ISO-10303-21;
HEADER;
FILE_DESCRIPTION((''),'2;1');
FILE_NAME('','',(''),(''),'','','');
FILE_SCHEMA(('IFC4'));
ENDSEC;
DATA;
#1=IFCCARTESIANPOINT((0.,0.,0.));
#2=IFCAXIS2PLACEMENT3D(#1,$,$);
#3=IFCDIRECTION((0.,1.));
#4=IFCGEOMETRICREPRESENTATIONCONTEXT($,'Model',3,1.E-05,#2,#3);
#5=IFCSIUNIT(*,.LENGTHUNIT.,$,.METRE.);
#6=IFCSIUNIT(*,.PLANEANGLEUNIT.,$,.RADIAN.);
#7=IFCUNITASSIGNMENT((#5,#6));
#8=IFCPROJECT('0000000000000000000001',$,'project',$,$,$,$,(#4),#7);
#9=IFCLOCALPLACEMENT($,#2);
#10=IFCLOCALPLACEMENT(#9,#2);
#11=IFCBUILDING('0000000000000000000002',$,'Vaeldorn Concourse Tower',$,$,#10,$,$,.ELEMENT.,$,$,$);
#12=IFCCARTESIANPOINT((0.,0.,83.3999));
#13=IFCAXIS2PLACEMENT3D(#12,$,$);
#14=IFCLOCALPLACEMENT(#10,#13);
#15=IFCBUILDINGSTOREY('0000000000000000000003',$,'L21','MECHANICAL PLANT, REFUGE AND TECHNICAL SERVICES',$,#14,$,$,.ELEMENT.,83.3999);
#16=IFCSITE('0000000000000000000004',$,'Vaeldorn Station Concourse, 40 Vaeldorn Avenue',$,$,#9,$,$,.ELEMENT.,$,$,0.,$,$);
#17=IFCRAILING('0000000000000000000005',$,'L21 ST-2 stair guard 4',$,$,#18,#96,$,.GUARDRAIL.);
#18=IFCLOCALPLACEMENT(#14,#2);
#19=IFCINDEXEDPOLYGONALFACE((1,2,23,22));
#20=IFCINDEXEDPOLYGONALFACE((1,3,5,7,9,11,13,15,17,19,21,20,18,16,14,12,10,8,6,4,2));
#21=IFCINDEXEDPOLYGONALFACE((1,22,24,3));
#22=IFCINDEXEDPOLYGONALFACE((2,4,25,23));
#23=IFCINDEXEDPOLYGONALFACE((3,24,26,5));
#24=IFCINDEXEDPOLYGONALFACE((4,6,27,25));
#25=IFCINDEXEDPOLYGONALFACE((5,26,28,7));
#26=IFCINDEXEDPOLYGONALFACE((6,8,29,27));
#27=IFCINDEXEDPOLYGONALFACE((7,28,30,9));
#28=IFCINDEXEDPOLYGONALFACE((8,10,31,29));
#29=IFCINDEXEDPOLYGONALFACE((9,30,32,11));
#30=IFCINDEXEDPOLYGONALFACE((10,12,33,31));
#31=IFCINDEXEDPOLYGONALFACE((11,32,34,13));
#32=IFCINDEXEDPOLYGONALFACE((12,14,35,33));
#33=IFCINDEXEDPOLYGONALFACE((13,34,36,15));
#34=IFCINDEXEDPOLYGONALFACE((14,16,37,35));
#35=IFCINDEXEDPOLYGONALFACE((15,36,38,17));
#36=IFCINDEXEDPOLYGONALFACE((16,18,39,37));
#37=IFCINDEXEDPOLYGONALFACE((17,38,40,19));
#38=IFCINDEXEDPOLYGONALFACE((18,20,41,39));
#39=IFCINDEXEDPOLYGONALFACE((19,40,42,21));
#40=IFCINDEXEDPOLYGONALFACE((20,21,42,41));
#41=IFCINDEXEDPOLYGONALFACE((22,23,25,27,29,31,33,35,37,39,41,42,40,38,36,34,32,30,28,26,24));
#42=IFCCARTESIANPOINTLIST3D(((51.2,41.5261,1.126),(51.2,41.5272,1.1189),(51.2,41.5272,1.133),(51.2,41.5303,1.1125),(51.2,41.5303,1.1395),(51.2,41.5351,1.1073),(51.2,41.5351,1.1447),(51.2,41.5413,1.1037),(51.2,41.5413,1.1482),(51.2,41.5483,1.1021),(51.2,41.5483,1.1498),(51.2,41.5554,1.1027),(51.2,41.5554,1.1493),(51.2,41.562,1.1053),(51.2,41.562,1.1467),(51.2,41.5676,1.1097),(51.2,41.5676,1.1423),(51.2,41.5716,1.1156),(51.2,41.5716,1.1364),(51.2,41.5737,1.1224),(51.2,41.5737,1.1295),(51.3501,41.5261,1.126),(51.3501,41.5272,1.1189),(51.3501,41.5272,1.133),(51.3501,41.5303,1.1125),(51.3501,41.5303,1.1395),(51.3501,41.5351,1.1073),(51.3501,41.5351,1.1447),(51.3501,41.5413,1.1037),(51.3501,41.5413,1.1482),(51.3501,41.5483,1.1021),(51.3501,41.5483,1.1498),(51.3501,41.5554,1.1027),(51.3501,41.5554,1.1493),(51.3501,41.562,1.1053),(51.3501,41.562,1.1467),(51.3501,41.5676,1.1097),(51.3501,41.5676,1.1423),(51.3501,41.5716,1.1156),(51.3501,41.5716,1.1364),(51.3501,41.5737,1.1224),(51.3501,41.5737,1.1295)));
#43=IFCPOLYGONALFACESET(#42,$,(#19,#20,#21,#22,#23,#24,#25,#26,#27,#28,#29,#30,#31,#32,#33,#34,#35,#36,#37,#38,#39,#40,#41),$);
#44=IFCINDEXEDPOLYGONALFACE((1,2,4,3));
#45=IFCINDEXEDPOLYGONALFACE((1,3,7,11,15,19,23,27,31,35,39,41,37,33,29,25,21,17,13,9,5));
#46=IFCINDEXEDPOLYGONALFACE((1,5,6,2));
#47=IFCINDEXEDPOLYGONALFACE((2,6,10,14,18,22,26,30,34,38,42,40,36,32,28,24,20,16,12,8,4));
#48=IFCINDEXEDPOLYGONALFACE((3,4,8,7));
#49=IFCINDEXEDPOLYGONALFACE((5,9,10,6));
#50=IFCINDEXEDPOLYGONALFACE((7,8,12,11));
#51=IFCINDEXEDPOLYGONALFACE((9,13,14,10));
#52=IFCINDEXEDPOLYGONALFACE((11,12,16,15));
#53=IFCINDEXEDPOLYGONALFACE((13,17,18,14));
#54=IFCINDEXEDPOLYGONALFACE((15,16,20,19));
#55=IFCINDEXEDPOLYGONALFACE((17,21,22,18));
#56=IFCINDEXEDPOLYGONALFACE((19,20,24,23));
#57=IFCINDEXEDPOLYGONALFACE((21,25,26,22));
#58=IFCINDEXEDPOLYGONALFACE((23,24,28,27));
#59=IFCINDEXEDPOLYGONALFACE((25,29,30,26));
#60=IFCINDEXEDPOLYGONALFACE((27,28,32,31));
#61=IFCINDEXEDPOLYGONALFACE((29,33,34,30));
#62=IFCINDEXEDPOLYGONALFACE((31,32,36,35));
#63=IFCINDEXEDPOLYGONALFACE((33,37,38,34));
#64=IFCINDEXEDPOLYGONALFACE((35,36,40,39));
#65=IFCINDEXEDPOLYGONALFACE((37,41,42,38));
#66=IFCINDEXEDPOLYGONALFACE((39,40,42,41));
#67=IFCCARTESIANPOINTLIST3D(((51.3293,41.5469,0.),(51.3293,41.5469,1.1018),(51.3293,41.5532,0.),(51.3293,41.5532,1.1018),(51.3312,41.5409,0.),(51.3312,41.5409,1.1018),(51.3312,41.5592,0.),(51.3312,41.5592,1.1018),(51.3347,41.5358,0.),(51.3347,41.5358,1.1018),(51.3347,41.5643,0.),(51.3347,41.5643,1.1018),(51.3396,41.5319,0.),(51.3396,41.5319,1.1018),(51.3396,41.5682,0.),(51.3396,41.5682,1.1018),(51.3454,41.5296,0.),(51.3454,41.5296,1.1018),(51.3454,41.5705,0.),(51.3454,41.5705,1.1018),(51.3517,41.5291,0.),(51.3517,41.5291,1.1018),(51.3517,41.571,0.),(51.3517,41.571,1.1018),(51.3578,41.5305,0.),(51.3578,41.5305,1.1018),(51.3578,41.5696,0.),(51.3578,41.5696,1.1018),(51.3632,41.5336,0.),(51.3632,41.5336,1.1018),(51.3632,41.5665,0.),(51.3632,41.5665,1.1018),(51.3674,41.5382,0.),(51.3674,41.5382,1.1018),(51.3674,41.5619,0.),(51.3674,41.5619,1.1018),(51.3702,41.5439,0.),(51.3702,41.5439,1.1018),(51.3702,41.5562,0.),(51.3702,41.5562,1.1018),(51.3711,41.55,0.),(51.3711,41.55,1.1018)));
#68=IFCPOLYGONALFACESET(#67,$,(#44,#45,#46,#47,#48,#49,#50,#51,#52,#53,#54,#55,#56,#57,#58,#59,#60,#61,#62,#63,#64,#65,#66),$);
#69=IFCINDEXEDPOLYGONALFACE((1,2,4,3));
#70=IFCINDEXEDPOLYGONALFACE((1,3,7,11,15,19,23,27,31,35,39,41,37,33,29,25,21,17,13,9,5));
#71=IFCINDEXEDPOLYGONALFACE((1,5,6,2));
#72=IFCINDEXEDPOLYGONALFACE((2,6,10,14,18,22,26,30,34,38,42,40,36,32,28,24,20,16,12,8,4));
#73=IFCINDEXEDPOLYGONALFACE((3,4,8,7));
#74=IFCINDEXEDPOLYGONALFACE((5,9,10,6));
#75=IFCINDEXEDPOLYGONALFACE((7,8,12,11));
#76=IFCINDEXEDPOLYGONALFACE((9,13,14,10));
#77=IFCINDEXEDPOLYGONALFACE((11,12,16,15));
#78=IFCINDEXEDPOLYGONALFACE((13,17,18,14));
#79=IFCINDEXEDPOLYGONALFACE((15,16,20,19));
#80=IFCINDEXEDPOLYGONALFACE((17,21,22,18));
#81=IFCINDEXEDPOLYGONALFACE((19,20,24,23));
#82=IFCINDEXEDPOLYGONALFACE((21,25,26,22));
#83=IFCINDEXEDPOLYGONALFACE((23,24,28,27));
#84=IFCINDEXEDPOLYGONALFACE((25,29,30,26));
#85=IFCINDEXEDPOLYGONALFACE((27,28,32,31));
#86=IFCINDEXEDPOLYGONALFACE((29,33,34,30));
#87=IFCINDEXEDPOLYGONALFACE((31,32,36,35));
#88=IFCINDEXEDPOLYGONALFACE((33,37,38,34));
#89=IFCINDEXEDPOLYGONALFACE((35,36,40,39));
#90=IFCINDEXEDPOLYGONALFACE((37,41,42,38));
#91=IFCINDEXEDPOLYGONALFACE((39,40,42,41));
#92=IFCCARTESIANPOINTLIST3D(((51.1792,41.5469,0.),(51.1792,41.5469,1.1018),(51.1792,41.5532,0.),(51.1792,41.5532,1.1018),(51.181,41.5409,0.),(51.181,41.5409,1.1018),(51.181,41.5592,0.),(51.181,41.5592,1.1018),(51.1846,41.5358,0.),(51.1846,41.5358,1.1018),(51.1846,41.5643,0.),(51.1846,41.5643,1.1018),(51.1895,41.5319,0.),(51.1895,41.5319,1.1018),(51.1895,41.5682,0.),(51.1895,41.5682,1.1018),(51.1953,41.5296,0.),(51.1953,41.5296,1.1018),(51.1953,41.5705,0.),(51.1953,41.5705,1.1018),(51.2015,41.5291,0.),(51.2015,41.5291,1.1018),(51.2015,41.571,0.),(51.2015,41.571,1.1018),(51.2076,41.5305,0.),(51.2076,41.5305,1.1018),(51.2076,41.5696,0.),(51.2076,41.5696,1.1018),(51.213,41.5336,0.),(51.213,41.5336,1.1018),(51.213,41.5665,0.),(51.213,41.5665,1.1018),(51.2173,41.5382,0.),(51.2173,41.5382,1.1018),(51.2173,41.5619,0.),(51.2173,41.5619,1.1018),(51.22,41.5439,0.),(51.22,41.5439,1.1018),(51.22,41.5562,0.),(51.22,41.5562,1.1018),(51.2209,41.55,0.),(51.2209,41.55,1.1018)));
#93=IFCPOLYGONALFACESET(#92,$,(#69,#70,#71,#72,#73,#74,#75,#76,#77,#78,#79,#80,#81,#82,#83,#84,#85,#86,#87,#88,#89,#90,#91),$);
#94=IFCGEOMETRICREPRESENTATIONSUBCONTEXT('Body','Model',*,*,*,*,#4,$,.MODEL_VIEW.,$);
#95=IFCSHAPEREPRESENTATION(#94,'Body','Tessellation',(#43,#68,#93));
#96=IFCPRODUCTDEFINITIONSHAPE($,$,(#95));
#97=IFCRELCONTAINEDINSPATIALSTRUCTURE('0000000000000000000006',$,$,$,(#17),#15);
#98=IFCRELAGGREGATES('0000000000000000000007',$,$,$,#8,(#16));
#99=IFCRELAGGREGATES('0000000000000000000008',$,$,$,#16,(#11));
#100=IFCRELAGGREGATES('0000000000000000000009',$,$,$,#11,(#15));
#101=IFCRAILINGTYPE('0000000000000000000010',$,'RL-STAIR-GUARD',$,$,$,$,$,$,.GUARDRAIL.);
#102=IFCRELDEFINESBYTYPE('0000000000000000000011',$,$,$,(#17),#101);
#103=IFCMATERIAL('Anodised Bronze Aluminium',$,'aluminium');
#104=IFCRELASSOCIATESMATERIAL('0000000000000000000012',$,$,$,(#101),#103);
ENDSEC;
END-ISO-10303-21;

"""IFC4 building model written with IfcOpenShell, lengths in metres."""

from ifc_helpers import new_model, si_unit, direction, frame, origin, origin_2d, place, context, subcontext, project, spatial, circle, extrude, material, type_object, element, save


model = new_model("IFC4")

# Units and contexts
model_context = context("Model", 3, precision=1e-05, world=origin(), true_north=direction((0.0, 1.0)))
body_context = subcontext(model_context, "Body", "Model", "MODEL_VIEW")
ifc_project = project(units=[si_unit("LENGTHUNIT", "METRE"), si_unit("PLANEANGLEUNIT", "RADIAN")], contexts=[model_context])

# Site, building, storey
site_placement = place(None, origin())
site = spatial("IfcSite", under=ifc_project, at=site_placement, Name="Vaeldorn Station Concourse, 40 Vaeldorn Avenue", CompositionType="ELEMENT", RefElevation=0.0)
building_placement = place(site_placement, origin())
building = spatial("IfcBuilding", under=site, at=building_placement, Name="Vaeldorn Concourse Tower", CompositionType="ELEMENT")
storey_placement = place(building_placement, frame((0.0, 0.0, 83.3999)))
storey = spatial("IfcBuildingStorey", under=building, at=storey_placement, Name="L21", Description="MECHANICAL PLANT, REFUGE AND TECHNICAL SERVICES", CompositionType="ELEMENT", Elevation=83.3999)

# Shared definitions
ifc_material_1 = material(Name="Anodised Bronze Aluminium", Category="aluminium")

# Railing
railing_type_1 = type_object("IfcRailingType", Name="RL-STAIR-GUARD", PredefinedType="GUARDRAIL", material=ifc_material_1)
railing_1_placement = place(storey_placement, frame((51.3501, 41.55, 0.0)))
element("IfcRailing", 1, at=railing_1_placement, inside=storey, type_object=railing_type_1, Name="L21 ST-2 stair guard 4", PredefinedType="GUARDRAIL", context=body_context, shape_type="SweptSolid", body=[
    extrude(circle(Radius=0.0239, at=origin_2d()), frame((0.0, 0.0, 1.126), z_axis=(-1.0, 0.0, 0.0), x_axis=(0.0, -1.0, 0.0)), (0.0, 0.0, 1.0), 0.1501),
    extrude(circle(Radius=0.021, at=origin_2d()), origin(), (0.0, 0.0, 1.0), 1.1018),
    extrude(circle(Radius=0.021, at=origin_2d()), frame((-0.1501, 0.0, 0.0)), (0.0, 0.0, 1.0), 1.1018),
])

save(model, "model.ifc")
